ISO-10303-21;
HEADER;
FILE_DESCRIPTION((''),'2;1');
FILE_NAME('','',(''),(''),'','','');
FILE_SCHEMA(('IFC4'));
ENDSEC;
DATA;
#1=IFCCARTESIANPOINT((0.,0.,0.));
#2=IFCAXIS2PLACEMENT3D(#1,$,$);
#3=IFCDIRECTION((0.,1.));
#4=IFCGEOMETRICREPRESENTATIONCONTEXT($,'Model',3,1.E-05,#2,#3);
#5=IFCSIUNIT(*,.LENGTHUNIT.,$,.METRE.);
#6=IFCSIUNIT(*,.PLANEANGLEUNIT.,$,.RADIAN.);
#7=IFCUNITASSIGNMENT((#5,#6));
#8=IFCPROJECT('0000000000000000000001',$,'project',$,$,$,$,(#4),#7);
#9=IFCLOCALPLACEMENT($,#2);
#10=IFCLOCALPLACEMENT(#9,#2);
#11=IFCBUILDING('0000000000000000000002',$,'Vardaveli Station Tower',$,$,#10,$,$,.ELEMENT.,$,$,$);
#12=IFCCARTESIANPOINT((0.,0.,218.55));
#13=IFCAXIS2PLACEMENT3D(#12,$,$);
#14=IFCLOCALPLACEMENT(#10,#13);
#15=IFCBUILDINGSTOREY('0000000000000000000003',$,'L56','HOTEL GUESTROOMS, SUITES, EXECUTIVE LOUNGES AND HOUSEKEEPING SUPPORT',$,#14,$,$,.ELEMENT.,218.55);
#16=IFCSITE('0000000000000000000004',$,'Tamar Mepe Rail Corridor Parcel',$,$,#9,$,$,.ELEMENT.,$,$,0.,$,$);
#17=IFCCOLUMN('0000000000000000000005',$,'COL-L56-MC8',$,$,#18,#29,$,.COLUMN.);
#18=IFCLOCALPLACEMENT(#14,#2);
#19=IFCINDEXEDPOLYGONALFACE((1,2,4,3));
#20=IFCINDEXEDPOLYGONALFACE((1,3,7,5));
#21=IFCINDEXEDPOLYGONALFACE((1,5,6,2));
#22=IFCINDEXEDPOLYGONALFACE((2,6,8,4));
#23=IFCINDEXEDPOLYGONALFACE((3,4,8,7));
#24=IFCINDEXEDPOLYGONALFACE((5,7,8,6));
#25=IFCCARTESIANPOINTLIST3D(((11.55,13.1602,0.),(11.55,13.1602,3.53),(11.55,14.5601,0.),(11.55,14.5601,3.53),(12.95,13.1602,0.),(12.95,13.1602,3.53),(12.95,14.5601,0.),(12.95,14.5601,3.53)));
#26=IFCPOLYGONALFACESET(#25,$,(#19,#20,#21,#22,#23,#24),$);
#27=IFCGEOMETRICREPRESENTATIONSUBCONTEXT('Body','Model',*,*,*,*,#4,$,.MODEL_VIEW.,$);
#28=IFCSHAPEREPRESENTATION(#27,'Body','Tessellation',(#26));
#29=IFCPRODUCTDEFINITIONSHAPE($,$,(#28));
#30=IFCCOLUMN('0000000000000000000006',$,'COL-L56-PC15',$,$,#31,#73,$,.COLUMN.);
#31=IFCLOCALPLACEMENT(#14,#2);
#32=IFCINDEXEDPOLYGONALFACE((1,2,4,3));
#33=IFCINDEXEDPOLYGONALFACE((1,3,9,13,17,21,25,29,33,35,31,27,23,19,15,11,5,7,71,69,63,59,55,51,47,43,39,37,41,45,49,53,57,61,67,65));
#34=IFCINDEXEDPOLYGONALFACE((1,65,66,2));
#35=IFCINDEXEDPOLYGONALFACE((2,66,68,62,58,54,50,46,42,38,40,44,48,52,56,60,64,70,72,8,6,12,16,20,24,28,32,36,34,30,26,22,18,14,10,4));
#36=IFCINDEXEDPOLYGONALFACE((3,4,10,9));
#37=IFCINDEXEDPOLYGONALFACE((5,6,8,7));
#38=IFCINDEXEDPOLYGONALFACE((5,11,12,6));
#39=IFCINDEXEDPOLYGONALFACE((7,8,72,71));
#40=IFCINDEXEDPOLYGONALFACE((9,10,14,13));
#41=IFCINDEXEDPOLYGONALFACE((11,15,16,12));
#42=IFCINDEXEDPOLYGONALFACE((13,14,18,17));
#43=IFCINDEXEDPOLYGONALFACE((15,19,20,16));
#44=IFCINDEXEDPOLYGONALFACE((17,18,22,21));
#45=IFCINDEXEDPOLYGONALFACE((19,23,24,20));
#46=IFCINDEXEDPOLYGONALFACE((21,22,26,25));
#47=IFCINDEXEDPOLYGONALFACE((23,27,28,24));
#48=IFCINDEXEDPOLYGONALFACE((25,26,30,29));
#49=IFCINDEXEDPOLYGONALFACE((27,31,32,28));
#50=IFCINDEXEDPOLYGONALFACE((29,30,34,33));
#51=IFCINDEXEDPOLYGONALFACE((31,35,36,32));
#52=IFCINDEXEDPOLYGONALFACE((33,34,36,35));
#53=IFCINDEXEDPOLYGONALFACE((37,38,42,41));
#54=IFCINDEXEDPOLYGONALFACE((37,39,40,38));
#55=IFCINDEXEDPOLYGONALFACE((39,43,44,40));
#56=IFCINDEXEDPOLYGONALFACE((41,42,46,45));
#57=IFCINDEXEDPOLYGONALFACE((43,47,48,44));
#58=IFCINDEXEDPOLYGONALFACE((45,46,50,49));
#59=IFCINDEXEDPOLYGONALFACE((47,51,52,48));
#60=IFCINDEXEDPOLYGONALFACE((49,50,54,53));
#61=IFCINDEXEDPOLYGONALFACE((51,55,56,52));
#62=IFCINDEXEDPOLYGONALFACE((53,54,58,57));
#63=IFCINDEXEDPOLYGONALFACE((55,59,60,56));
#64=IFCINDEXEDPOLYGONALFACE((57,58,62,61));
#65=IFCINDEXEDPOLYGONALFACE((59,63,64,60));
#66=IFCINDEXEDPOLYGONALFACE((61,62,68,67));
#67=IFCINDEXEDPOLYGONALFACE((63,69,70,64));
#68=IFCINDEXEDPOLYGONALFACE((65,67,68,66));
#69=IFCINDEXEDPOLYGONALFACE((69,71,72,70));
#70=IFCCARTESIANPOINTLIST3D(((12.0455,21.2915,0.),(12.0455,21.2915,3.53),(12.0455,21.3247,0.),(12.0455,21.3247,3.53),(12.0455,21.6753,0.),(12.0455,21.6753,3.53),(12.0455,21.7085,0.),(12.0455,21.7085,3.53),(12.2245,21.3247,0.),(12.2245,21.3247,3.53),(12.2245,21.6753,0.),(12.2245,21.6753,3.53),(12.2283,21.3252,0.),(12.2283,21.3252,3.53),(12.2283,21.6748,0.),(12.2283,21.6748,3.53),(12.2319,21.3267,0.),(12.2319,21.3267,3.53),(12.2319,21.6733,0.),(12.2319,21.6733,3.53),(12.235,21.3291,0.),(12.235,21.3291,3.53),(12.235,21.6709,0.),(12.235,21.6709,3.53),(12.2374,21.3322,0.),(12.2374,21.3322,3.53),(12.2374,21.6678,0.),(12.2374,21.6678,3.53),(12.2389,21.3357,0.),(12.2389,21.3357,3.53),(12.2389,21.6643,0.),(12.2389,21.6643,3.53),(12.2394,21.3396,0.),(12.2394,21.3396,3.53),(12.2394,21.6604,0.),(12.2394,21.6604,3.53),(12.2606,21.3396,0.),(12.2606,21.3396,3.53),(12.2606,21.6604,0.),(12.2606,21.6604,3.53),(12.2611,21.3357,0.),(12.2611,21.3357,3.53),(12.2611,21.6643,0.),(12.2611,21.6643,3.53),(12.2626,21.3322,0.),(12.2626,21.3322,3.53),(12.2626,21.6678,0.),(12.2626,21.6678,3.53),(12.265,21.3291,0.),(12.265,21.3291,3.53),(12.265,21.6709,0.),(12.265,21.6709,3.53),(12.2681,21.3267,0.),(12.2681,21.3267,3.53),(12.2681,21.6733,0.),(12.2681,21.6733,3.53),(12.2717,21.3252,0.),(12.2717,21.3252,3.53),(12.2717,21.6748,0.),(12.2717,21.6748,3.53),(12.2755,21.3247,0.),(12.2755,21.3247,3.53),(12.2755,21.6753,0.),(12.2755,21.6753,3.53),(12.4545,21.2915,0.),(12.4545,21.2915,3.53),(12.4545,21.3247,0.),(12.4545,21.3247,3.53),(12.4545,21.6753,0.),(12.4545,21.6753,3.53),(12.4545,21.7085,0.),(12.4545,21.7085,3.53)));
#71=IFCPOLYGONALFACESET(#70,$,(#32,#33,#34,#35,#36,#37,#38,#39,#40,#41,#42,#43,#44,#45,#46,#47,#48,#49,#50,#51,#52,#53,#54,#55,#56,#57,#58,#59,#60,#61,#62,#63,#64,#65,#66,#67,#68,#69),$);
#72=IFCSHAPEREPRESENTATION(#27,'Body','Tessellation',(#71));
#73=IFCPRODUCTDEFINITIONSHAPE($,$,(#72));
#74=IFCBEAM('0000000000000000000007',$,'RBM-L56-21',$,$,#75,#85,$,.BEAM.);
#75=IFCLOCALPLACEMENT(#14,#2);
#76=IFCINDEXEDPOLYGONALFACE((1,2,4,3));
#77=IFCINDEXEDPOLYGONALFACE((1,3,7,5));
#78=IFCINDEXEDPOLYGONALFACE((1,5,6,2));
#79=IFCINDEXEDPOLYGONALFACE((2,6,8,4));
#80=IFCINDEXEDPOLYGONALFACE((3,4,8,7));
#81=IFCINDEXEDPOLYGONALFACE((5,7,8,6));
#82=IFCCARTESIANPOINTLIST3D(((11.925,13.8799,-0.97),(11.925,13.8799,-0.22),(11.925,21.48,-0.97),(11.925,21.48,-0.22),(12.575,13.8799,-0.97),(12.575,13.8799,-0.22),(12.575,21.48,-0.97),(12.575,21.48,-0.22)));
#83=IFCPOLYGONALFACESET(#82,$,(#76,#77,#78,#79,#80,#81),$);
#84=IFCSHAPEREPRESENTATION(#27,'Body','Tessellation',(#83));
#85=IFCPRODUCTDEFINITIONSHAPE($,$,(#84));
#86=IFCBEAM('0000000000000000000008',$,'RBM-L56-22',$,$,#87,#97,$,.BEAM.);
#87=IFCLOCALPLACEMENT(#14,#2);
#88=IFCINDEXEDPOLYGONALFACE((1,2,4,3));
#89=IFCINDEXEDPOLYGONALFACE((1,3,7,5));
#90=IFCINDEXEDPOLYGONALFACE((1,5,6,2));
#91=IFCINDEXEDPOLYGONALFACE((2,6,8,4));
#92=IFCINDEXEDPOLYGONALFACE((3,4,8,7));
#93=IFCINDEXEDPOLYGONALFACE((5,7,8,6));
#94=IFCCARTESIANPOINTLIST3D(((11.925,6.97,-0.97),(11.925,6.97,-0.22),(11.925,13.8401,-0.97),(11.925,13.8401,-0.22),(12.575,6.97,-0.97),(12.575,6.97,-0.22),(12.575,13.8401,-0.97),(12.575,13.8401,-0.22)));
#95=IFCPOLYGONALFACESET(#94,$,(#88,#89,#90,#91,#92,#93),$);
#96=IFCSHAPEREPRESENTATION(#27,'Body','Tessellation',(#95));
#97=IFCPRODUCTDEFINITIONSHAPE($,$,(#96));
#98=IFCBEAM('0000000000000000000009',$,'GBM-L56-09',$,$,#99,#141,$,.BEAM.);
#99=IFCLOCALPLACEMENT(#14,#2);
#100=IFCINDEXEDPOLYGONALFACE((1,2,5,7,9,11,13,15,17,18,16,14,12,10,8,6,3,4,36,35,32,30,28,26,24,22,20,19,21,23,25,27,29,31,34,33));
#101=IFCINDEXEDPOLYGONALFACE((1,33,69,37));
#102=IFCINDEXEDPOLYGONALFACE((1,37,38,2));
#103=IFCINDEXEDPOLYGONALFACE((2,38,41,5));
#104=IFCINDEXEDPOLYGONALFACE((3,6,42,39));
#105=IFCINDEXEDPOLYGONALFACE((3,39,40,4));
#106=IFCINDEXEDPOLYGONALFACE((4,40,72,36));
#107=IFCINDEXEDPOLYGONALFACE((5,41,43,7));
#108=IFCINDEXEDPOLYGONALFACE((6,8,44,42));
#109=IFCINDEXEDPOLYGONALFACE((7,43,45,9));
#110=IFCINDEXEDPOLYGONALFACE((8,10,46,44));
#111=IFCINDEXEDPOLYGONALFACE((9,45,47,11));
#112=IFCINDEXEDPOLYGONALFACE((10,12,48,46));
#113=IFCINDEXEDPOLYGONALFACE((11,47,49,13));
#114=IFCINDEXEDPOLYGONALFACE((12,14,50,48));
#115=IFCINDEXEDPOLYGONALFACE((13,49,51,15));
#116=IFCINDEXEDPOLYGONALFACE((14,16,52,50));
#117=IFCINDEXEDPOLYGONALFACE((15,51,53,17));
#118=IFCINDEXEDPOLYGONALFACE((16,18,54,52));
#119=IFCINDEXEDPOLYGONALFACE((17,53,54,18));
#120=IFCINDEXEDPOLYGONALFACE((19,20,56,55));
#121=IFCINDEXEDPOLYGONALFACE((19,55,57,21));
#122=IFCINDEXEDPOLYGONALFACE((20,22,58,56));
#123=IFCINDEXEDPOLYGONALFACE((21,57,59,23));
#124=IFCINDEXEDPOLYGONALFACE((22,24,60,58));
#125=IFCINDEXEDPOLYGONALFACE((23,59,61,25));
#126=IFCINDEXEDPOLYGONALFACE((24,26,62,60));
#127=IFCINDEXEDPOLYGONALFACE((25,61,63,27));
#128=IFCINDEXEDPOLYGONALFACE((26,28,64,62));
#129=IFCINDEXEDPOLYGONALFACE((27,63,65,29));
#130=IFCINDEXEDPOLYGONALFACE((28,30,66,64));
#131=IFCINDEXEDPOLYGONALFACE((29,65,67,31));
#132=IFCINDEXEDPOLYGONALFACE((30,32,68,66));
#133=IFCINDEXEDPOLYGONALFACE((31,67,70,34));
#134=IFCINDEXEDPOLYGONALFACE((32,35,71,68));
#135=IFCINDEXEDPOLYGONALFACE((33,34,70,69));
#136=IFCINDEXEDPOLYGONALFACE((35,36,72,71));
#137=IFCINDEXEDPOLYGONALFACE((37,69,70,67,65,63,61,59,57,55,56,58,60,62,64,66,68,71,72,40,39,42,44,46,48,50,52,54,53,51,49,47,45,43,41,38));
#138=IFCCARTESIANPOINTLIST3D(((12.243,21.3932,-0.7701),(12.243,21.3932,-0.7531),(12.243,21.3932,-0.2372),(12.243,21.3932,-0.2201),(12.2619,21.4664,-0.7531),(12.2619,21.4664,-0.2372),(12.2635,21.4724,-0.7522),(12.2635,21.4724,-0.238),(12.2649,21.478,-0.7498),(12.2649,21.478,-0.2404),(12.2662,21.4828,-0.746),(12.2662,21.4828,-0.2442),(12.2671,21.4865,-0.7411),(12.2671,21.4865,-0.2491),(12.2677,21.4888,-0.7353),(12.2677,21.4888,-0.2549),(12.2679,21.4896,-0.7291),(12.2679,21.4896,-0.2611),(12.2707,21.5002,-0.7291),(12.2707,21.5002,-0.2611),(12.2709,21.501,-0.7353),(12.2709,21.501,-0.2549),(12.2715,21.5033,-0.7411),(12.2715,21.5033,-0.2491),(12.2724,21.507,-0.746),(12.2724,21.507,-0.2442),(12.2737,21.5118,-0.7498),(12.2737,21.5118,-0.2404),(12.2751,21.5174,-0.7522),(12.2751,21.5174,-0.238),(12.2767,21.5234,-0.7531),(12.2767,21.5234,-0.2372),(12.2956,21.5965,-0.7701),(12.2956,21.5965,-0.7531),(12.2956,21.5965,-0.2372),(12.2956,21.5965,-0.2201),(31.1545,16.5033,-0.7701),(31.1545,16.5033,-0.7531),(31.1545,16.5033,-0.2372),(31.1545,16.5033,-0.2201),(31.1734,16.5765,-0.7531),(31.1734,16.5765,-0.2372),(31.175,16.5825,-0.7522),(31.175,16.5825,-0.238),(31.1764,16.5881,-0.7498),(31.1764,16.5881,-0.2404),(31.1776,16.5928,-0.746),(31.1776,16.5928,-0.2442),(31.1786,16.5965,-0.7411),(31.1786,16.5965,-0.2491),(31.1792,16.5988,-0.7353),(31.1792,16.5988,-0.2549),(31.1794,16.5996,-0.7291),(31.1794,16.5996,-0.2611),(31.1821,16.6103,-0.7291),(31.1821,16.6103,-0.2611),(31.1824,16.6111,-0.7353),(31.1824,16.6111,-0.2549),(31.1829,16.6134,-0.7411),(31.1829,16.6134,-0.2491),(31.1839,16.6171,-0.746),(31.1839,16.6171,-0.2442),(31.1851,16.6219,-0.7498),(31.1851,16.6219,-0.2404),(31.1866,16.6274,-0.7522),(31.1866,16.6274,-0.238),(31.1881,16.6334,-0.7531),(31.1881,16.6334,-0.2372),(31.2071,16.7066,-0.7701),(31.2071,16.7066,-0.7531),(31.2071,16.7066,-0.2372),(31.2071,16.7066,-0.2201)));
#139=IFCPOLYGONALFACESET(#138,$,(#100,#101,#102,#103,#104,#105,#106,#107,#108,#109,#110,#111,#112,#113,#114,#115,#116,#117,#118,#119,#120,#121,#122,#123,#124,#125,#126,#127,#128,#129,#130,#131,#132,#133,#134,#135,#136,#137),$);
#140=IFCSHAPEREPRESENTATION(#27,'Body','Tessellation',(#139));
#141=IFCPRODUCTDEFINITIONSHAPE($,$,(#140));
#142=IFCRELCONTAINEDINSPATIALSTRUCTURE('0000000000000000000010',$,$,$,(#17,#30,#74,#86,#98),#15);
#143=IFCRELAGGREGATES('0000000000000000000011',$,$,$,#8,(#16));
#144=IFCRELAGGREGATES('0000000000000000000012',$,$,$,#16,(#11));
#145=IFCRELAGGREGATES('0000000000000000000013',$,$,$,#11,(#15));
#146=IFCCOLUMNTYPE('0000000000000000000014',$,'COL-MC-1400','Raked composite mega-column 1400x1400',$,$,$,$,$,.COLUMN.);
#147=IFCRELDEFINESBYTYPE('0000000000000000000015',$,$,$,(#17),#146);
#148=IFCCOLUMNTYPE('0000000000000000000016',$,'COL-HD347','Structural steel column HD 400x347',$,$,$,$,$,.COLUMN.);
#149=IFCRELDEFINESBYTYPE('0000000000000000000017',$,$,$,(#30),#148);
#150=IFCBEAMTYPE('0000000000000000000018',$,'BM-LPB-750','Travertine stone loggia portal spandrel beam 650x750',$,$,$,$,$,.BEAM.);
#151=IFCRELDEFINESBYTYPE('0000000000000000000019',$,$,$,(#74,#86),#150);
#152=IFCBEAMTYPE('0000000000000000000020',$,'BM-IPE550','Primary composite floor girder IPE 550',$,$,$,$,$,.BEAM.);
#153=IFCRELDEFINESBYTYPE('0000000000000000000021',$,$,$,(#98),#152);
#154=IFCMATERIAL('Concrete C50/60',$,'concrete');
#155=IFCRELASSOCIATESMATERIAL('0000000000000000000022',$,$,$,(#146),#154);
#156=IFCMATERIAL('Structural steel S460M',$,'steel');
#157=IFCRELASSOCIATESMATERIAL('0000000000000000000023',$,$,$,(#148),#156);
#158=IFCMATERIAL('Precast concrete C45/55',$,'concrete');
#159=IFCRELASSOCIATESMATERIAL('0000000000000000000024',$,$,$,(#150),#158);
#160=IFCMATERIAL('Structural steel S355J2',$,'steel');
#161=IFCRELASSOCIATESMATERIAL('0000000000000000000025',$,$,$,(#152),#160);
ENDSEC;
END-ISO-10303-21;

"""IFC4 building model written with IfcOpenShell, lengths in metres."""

from ifc_helpers import new_model, si_unit, direction, frame, origin, origin_2d, place, context, subcontext, project, spatial, rectangle, i_section, extrude, source, transform, mapped, material, material_profile, profile_set, type_object, element, save


model = new_model("IFC4")

# Units and contexts
model_context = context("Model", 3, precision=1e-05, world=origin(), true_north=direction((0.0, 1.0)))
body_context = subcontext(model_context, "Body", "Model", "MODEL_VIEW")
ifc_project = project(units=[si_unit("LENGTHUNIT", "METRE"), si_unit("PLANEANGLEUNIT", "RADIAN")], contexts=[model_context])

# Site, building, storey
site_placement = place(None, origin())
site = spatial("IfcSite", under=ifc_project, at=site_placement, Name="Tamar Mepe Rail Corridor Parcel", CompositionType="ELEMENT", RefElevation=0.0)
building_placement = place(site_placement, origin())
building = spatial("IfcBuilding", under=site, at=building_placement, Name="Vardaveli Station Tower", CompositionType="ELEMENT")
storey_placement = place(building_placement, frame((0.0, 0.0, 218.55)))
storey = spatial("IfcBuildingStorey", under=building, at=storey_placement, Name="L56", Description="HOTEL GUESTROOMS, SUITES, EXECUTIVE LOUNGES AND HOUSEKEEPING SUPPORT", CompositionType="ELEMENT", Elevation=218.55)

# Columns
ifc_material_1 = material(Name="Concrete C50/60", Category="concrete")
ifc_material_profile_1 = material_profile(ifc_material_1, rectangle(XDim=1.3999, YDim=1.3999, at=origin_2d()), Name="MC 1400x1400")
ifc_profile_set_1 = profile_set([ifc_material_profile_1], Name="Concrete C50/60")
column_type_1 = type_object("IfcColumnType", Name="COL-MC-1400", Description="Raked composite mega-column 1400x1400", PredefinedType="COLUMN", material=ifc_profile_set_1)
shared_shape_1 = source(origin(), body_context, "Body", "SweptSolid", [
    extrude(rectangle(XDim=1.3999, YDim=1.3999, at=origin_2d()), origin(), (0.0, 0.0, 1.0), 3.53),
])
column_1_placement = place(storey_placement, frame((12.25, 13.8601, 0.0), z_axis=(0.0, 0.0, 1.0), x_axis=(1.0, 0.0, 0.0)))
element("IfcColumn", 1, at=column_1_placement, inside=storey, type_object=column_type_1, Name="COL-L56-MC8", PredefinedType="COLUMN", context=body_context, shape_type="MappedRepresentation", body=[
    mapped(shared_shape_1, transform((0.0, 0.0, 0.0), scale=1.0)),
])
ifc_material_2 = material(Name="Structural steel S460M", Category="steel")
ifc_material_profile_2 = material_profile(ifc_material_2, i_section(OverallWidth=0.4089, OverallDepth=0.417, WebThickness=0.0212, FlangeThickness=0.0332, FilletRadius=0.0149, at=origin_2d()), Name="HD 400x347")
ifc_profile_set_2 = profile_set([ifc_material_profile_2], Name="Structural steel S460M")
column_type_2 = type_object("IfcColumnType", Name="COL-HD347", Description="Structural steel column HD 400x347", PredefinedType="COLUMN", material=ifc_profile_set_2)
shared_shape_2 = source(origin(), body_context, "Body", "SweptSolid", [
    extrude(i_section(OverallWidth=0.4089, OverallDepth=0.417, WebThickness=0.0212, FlangeThickness=0.0332, FilletRadius=0.0149, at=origin_2d()), origin(), (0.0, 0.0, 1.0), 3.53),
])
column_2_placement = place(storey_placement, frame((12.25, 21.5, 0.0), z_axis=(0.0, 0.0, 1.0), x_axis=(1.0, 0.0, 0.0)))
element("IfcColumn", 2, at=column_2_placement, inside=storey, type_object=column_type_2, Name="COL-L56-PC15", PredefinedType="COLUMN", context=body_context, shape_type="MappedRepresentation", body=[
    mapped(shared_shape_2, transform((0.0, 0.0, 0.0), scale=1.0)),
])

# Beams
ifc_material_3 = material(Name="Precast concrete C45/55", Category="concrete")
ifc_material_profile_3 = material_profile(ifc_material_3, rectangle(XDim=0.6499, YDim=0.75, at=origin_2d()), Name="LPB 650x750")
ifc_profile_set_3 = profile_set([ifc_material_profile_3], Name="Precast concrete C45/55")
beam_type_1 = type_object("IfcBeamType", Name="BM-LPB-750", Description="Travertine stone loggia portal spandrel beam 650x750", PredefinedType="BEAM", material=ifc_profile_set_3)
shared_shape_3 = source(origin(), body_context, "Body", "SweptSolid", [
    extrude(rectangle(XDim=0.6499, YDim=0.75, at=origin_2d()), origin(), (0.0, 0.0, 1.0), 7.6001),
])
beam_1_placement = place(storey_placement, frame((12.25, 21.48, -0.595), z_axis=(0.0, -1.0, 0.0), x_axis=(1.0, 0.0, 0.0)))
element("IfcBeam", 3, at=beam_1_placement, inside=storey, type_object=beam_type_1, Name="RBM-L56-21", PredefinedType="BEAM", context=body_context, shape_type="MappedRepresentation", body=[
    mapped(shared_shape_3, transform((0.0, 0.0, 0.0), scale=1.0)),
])
shared_shape_4 = source(origin(), body_context, "Body", "SweptSolid", [
    extrude(rectangle(XDim=0.6499, YDim=0.75, at=origin_2d()), origin(), (0.0, 0.0, 1.0), 6.8701),
])
beam_2_placement = place(storey_placement, frame((12.25, 13.8401, -0.595), z_axis=(0.0, -1.0, 0.0), x_axis=(1.0, 0.0, 0.0)))
element("IfcBeam", 4, at=beam_2_placement, inside=storey, type_object=beam_type_1, Name="RBM-L56-22", PredefinedType="BEAM", context=body_context, shape_type="MappedRepresentation", body=[
    mapped(shared_shape_4, transform((0.0, 0.0, 0.0), scale=1.0)),
])
ifc_material_4 = material(Name="Structural steel S355J2", Category="steel")
ifc_material_profile_4 = material_profile(ifc_material_4, i_section(OverallWidth=0.21, OverallDepth=0.55, WebThickness=0.011, FlangeThickness=0.0171, FilletRadius=0.0239, at=origin_2d()), Name="IPE 550")
ifc_profile_set_4 = profile_set([ifc_material_profile_4], Name="Structural steel S355J2")
beam_type_2 = type_object("IfcBeamType", Name="BM-IPE550", Description="Primary composite floor girder IPE 550", PredefinedType="BEAM", material=ifc_profile_set_4)
shared_shape_5 = source(origin(), body_context, "Body", "SweptSolid", [
    extrude(i_section(OverallWidth=0.21, OverallDepth=0.55, WebThickness=0.011, FlangeThickness=0.0171, FilletRadius=0.0239, at=origin_2d()), origin(), (0.0, 0.0, 1.0), 19.5334),
])
beam_3_placement = place(storey_placement, frame((12.2693, 21.4949, -0.4951), z_axis=(0.968159, -0.250336, 0.0), x_axis=(0.250336, 0.968159, 0.0)))
element("IfcBeam", 5, at=beam_3_placement, inside=storey, type_object=beam_type_2, Name="GBM-L56-09", PredefinedType="BEAM", context=body_context, shape_type="MappedRepresentation", body=[
    mapped(shared_shape_5, transform((0.0, 0.0, 0.0), scale=1.0)),
])

save(model, "model.ifc")
